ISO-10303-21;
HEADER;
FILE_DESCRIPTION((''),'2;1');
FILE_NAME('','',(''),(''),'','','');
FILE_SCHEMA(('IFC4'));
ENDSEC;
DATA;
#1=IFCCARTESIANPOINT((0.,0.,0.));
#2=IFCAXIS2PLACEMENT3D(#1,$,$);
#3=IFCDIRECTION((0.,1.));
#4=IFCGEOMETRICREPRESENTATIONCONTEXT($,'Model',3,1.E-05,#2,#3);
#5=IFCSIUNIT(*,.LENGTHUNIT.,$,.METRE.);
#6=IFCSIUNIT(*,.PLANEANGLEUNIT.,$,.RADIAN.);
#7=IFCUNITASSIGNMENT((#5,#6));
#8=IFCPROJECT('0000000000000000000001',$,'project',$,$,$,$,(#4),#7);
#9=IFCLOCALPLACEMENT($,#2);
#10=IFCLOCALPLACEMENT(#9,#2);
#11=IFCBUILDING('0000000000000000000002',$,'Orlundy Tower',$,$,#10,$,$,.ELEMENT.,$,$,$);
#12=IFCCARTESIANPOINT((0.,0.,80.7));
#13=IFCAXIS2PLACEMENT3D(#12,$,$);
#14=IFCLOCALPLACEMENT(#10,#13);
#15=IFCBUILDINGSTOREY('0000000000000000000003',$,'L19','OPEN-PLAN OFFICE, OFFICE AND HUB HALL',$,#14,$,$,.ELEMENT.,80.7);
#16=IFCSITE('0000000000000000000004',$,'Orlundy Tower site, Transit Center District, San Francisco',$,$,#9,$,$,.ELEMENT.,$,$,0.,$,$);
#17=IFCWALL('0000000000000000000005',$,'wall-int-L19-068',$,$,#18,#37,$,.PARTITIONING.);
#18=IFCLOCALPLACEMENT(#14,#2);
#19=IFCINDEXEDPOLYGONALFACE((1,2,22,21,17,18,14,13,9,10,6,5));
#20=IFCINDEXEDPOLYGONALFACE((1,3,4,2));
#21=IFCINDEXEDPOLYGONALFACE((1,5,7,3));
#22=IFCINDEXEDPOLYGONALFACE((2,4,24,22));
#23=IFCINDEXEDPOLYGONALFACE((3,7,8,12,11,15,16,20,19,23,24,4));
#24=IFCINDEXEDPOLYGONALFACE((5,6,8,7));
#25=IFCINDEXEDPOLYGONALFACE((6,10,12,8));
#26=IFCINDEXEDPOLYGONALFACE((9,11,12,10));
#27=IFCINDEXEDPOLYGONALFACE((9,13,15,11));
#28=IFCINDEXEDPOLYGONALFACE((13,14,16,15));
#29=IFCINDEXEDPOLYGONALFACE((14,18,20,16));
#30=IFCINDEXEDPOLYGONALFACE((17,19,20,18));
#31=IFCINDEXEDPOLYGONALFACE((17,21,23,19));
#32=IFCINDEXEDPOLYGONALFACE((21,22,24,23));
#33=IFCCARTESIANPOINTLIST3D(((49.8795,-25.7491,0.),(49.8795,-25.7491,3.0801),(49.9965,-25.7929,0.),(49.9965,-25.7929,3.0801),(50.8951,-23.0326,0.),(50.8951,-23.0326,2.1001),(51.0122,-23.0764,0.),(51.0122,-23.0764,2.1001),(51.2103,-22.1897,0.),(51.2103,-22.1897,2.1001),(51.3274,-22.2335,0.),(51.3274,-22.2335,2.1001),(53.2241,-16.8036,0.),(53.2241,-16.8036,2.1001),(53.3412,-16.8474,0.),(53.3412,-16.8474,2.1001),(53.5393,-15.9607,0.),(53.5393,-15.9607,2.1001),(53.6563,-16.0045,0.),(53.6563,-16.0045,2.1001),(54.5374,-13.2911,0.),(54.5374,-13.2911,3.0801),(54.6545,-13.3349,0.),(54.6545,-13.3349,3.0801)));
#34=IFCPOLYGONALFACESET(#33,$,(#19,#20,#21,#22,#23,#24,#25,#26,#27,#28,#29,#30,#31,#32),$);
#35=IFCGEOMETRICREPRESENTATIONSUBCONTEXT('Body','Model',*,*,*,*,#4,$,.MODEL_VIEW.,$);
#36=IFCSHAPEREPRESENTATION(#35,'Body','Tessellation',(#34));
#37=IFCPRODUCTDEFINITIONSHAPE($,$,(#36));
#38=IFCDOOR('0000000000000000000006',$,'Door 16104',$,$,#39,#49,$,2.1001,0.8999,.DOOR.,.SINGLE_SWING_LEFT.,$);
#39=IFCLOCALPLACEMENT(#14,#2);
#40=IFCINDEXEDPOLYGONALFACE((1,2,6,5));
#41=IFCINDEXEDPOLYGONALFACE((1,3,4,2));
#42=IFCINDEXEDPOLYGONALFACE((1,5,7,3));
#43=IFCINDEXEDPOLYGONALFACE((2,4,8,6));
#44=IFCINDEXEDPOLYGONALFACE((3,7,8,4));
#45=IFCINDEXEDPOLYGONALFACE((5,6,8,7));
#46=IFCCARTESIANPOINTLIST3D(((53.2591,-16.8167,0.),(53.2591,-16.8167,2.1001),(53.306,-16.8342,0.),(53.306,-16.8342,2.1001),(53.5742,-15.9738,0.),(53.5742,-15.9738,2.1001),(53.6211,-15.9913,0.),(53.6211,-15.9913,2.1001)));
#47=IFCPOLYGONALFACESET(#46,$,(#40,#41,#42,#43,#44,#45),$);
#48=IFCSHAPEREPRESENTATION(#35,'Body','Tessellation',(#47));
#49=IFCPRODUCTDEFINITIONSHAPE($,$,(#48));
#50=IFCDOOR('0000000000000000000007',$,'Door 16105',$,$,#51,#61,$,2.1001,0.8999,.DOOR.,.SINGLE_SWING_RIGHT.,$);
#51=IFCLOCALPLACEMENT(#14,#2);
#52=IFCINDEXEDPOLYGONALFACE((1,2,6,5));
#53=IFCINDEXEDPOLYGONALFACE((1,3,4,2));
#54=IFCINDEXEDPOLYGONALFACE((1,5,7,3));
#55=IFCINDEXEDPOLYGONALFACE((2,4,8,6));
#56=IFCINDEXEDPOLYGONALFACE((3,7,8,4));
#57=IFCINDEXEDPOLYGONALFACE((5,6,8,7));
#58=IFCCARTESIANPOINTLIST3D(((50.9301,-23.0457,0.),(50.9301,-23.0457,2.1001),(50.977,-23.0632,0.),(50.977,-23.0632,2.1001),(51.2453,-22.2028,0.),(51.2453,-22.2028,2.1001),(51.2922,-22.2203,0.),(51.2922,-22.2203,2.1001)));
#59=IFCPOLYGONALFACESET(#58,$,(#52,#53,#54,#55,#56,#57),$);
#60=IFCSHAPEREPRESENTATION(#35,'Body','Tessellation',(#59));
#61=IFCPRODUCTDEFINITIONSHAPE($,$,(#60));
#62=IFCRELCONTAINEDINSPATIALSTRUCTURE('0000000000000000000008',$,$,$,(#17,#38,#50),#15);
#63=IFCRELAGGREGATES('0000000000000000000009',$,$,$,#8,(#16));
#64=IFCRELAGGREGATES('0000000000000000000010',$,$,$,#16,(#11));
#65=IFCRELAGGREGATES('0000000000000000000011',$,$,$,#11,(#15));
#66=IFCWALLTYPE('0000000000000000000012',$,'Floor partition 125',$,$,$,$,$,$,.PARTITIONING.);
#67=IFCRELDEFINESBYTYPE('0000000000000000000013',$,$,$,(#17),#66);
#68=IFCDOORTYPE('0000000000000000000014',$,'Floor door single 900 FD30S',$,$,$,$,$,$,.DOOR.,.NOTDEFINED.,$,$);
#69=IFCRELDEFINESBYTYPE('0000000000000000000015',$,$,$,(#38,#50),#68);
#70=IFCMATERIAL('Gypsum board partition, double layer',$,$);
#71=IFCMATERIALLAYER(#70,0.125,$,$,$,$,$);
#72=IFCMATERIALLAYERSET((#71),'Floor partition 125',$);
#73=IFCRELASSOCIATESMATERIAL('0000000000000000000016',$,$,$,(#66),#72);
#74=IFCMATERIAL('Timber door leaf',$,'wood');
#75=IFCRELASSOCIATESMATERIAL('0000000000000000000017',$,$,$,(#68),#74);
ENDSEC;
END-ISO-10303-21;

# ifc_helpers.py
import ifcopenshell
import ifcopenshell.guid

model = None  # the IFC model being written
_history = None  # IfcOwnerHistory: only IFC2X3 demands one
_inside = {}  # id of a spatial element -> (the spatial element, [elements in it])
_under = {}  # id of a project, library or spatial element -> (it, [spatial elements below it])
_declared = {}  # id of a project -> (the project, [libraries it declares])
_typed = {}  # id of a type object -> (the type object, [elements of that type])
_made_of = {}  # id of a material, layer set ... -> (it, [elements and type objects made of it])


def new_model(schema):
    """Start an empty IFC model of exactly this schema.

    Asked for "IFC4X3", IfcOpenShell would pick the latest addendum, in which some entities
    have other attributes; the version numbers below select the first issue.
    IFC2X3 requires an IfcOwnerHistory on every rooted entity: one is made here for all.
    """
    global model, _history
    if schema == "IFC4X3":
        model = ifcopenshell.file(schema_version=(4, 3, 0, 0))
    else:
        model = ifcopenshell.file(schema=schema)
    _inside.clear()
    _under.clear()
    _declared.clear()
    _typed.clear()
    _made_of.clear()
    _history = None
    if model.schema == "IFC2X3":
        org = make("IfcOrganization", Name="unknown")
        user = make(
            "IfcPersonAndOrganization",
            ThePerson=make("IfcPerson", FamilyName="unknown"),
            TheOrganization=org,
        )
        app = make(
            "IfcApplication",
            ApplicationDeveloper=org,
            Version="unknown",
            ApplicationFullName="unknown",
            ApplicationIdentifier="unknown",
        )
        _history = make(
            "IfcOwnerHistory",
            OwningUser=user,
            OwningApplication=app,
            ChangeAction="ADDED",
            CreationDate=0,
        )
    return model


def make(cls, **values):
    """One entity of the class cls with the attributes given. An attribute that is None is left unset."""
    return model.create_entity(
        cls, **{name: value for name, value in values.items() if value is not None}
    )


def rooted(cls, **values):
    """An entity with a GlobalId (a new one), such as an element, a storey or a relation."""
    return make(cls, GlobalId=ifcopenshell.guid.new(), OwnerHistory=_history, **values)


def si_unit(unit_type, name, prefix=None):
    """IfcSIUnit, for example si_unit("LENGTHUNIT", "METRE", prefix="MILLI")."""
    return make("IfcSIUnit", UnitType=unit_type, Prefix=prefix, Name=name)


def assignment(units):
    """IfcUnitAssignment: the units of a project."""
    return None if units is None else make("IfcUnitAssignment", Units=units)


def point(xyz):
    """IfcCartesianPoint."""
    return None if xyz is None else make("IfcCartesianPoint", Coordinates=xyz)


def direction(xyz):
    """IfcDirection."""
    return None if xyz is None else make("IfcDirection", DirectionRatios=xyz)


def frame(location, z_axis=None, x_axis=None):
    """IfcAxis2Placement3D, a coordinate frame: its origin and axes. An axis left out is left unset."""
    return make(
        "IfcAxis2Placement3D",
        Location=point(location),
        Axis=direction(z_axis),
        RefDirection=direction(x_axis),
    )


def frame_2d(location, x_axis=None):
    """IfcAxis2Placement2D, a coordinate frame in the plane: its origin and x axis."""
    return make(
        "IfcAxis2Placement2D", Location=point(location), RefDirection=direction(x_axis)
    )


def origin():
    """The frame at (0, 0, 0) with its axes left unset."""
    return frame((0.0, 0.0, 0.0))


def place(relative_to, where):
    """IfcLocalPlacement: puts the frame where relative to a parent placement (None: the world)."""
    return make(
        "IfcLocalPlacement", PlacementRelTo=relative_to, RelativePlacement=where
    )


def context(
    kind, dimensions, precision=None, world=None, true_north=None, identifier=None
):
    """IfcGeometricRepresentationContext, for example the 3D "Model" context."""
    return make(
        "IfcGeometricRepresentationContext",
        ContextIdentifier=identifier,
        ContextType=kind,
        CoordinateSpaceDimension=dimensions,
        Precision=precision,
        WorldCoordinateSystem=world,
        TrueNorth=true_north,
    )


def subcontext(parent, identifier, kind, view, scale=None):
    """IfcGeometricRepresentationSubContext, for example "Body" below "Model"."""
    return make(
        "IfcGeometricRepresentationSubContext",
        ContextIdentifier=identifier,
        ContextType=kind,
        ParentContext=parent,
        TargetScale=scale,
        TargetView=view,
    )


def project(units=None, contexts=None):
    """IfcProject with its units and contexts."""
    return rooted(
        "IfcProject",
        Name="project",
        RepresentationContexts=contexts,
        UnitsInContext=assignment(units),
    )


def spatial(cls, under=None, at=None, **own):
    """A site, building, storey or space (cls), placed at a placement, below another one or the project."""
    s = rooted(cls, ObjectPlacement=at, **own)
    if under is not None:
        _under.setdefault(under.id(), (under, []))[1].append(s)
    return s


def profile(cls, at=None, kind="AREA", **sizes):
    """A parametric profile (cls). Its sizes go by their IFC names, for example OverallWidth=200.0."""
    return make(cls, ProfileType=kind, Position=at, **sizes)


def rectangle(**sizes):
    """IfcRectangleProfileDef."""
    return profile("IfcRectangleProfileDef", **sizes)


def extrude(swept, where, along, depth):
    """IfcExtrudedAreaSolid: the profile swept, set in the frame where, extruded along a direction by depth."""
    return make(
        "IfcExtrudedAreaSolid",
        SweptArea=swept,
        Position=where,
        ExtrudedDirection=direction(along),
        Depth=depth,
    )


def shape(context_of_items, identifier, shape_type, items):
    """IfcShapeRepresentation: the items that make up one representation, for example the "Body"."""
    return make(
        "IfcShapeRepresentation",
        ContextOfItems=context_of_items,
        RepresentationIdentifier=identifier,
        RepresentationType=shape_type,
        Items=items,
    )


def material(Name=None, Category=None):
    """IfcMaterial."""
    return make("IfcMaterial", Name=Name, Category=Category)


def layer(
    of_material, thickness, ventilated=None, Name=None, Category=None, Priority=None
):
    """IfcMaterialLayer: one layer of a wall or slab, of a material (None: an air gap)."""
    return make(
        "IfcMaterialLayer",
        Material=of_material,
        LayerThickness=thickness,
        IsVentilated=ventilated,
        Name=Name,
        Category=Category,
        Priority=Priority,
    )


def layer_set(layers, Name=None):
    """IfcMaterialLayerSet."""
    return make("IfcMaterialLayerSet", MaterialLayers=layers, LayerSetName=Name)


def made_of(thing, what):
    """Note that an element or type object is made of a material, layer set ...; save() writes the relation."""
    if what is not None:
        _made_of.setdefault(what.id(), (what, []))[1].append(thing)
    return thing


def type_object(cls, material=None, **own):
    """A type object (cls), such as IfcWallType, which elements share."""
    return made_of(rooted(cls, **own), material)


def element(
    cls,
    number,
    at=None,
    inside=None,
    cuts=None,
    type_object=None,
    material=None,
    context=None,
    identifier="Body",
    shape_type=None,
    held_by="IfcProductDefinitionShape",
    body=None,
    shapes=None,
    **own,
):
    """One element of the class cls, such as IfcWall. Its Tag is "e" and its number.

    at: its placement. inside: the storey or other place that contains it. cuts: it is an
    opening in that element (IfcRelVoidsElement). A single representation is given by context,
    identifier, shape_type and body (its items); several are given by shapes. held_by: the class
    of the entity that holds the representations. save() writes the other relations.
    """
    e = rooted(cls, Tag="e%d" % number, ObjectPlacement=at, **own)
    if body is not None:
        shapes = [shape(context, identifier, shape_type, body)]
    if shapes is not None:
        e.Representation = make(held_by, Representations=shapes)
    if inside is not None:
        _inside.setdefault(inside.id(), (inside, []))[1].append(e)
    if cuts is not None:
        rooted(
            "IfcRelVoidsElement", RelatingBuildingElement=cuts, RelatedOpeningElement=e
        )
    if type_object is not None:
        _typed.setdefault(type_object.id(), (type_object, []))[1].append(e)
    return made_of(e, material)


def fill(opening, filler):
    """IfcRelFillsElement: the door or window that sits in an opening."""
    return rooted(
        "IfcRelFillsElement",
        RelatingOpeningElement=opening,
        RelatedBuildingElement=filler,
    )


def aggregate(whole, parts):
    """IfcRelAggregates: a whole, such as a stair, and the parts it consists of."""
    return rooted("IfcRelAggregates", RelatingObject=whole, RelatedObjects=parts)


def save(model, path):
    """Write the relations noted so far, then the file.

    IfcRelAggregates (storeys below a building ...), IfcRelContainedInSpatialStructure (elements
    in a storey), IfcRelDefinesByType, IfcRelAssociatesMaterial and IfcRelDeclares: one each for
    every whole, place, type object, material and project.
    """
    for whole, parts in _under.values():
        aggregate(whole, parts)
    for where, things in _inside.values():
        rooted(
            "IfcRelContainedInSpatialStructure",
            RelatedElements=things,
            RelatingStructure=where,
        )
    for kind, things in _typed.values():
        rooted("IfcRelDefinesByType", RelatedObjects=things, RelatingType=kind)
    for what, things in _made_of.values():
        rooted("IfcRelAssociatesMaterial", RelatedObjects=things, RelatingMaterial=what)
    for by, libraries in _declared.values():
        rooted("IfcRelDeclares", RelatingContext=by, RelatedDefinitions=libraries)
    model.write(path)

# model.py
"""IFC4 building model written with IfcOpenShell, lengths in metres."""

from ifc_helpers import new_model, si_unit, direction, frame, frame_2d, origin, place, context, subcontext, project, spatial, rectangle, extrude, material, layer, layer_set, type_object, element, fill, save


model = new_model("IFC4")

# Units and contexts
model_context = context("Model", 3, precision=1e-05, world=origin(), true_north=direction((0.0, 1.0)))
body_context = subcontext(model_context, "Body", "Model", "MODEL_VIEW")
ifc_project = project(units=[si_unit("LENGTHUNIT", "METRE"), si_unit("PLANEANGLEUNIT", "RADIAN")], contexts=[model_context])

# Site, building, storey
site_placement = place(None, origin())
site = spatial("IfcSite", under=ifc_project, at=site_placement, Name="Orlundy Tower site, Transit Center District, San Francisco", CompositionType="ELEMENT", RefElevation=0.0)
building_placement = place(site_placement, origin())
building = spatial("IfcBuilding", under=site, at=building_placement, Name="Orlundy Tower", CompositionType="ELEMENT")
storey_placement = place(building_placement, frame((0.0, 0.0, 80.7)))
storey = spatial("IfcBuildingStorey", under=building, at=storey_placement, Name="L19", Description="OPEN-PLAN OFFICE, OFFICE AND HUB HALL", CompositionType="ELEMENT", Elevation=80.7)

# Wall, openings, doors
ifc_material_1 = material(Name="Gypsum board partition, double layer")
ifc_layer_1 = layer(ifc_material_1, 0.125)
ifc_layer_set_1 = layer_set([ifc_layer_1], Name="Floor partition 125")
wall_type_1 = type_object("IfcWallType", Name="Floor partition 125", PredefinedType="PARTITIONING", material=ifc_layer_set_1)
wall_1_placement = place(storey_placement, frame((54.5959, -13.313, 0.0), z_axis=(0.0, 0.0, 1.0), x_axis=(-0.350214, -0.93667, 0.0)))
wall_1 = element("IfcWall", 1, at=wall_1_placement, inside=storey, type_object=wall_type_1, Name="wall-int-L19-068", PredefinedType="PARTITIONING", context=body_context, shape_type="SweptSolid", body=[
    extrude(rectangle(XDim=13.3003, YDim=0.125, at=frame_2d((6.6501, 0.0))), origin(), (0.0, 0.0, 1.0), 3.0801),
])
opening_1_placement = place(wall_1_placement, frame((2.8501, 0.0, 0.0)))
opening_1 = element("IfcOpeningElement", 2, at=opening_1_placement, cuts=wall_1, PredefinedType="OPENING", context=body_context, shape_type="SweptSolid", body=[
    extrude(rectangle(XDim=0.8999, YDim=2.1001, at=frame_2d((0.45, 1.05))), frame((0.0, 0.0725, 0.0), z_axis=(0.0, -1.0, 0.0), x_axis=(1.0, 0.0, 0.0)), (0.0, 0.0, 1.0), 0.145),
])
opening_2_placement = place(wall_1_placement, frame((9.5002, 0.0, 0.0)))
opening_2 = element("IfcOpeningElement", 3, at=opening_2_placement, cuts=wall_1, PredefinedType="OPENING", context=body_context, shape_type="SweptSolid", body=[
    extrude(rectangle(XDim=0.8999, YDim=2.1001, at=frame_2d((0.45, 1.05))), frame((0.0, 0.0725, 0.0), z_axis=(0.0, -1.0, 0.0), x_axis=(1.0, 0.0, 0.0)), (0.0, 0.0, 1.0), 0.145),
])
ifc_material_2 = material(Name="Timber door leaf", Category="wood")
door_type_1 = type_object("IfcDoorType", Name="Floor door single 900 FD30S", OperationType="NOTDEFINED", PredefinedType="DOOR", material=ifc_material_2)
door_1_placement = place(opening_1_placement, origin())
door_1 = element("IfcDoor", 4, at=door_1_placement, inside=storey, type_object=door_type_1, Name="Door 16104", OperationType="SINGLE_SWING_LEFT", OverallHeight=2.1001, OverallWidth=0.8999, PredefinedType="DOOR", context=body_context, shape_type="SweptSolid", body=[
    extrude(rectangle(XDim=0.8999, YDim=2.1001, at=frame_2d((0.45, 1.05))), frame((0.0, 0.0249, 0.0), z_axis=(0.0, -1.0, 0.0), x_axis=(1.0, 0.0, 0.0)), (0.0, 0.0, 1.0), 0.05),
])
fill(opening_1, door_1)
door_2_placement = place(opening_2_placement, origin())
door_2 = element("IfcDoor", 5, at=door_2_placement, inside=storey, type_object=door_type_1, Name="Door 16105", OperationType="SINGLE_SWING_RIGHT", OverallHeight=2.1001, OverallWidth=0.8999, PredefinedType="DOOR", context=body_context, shape_type="SweptSolid", body=[
    extrude(rectangle(XDim=0.8999, YDim=2.1001, at=frame_2d((0.45, 1.05))), frame((0.0, 0.0249, 0.0), z_axis=(0.0, -1.0, 0.0), x_axis=(1.0, 0.0, 0.0)), (0.0, 0.0, 1.0), 0.05),
])
fill(opening_2, door_2)

save(model, "model.ifc")
